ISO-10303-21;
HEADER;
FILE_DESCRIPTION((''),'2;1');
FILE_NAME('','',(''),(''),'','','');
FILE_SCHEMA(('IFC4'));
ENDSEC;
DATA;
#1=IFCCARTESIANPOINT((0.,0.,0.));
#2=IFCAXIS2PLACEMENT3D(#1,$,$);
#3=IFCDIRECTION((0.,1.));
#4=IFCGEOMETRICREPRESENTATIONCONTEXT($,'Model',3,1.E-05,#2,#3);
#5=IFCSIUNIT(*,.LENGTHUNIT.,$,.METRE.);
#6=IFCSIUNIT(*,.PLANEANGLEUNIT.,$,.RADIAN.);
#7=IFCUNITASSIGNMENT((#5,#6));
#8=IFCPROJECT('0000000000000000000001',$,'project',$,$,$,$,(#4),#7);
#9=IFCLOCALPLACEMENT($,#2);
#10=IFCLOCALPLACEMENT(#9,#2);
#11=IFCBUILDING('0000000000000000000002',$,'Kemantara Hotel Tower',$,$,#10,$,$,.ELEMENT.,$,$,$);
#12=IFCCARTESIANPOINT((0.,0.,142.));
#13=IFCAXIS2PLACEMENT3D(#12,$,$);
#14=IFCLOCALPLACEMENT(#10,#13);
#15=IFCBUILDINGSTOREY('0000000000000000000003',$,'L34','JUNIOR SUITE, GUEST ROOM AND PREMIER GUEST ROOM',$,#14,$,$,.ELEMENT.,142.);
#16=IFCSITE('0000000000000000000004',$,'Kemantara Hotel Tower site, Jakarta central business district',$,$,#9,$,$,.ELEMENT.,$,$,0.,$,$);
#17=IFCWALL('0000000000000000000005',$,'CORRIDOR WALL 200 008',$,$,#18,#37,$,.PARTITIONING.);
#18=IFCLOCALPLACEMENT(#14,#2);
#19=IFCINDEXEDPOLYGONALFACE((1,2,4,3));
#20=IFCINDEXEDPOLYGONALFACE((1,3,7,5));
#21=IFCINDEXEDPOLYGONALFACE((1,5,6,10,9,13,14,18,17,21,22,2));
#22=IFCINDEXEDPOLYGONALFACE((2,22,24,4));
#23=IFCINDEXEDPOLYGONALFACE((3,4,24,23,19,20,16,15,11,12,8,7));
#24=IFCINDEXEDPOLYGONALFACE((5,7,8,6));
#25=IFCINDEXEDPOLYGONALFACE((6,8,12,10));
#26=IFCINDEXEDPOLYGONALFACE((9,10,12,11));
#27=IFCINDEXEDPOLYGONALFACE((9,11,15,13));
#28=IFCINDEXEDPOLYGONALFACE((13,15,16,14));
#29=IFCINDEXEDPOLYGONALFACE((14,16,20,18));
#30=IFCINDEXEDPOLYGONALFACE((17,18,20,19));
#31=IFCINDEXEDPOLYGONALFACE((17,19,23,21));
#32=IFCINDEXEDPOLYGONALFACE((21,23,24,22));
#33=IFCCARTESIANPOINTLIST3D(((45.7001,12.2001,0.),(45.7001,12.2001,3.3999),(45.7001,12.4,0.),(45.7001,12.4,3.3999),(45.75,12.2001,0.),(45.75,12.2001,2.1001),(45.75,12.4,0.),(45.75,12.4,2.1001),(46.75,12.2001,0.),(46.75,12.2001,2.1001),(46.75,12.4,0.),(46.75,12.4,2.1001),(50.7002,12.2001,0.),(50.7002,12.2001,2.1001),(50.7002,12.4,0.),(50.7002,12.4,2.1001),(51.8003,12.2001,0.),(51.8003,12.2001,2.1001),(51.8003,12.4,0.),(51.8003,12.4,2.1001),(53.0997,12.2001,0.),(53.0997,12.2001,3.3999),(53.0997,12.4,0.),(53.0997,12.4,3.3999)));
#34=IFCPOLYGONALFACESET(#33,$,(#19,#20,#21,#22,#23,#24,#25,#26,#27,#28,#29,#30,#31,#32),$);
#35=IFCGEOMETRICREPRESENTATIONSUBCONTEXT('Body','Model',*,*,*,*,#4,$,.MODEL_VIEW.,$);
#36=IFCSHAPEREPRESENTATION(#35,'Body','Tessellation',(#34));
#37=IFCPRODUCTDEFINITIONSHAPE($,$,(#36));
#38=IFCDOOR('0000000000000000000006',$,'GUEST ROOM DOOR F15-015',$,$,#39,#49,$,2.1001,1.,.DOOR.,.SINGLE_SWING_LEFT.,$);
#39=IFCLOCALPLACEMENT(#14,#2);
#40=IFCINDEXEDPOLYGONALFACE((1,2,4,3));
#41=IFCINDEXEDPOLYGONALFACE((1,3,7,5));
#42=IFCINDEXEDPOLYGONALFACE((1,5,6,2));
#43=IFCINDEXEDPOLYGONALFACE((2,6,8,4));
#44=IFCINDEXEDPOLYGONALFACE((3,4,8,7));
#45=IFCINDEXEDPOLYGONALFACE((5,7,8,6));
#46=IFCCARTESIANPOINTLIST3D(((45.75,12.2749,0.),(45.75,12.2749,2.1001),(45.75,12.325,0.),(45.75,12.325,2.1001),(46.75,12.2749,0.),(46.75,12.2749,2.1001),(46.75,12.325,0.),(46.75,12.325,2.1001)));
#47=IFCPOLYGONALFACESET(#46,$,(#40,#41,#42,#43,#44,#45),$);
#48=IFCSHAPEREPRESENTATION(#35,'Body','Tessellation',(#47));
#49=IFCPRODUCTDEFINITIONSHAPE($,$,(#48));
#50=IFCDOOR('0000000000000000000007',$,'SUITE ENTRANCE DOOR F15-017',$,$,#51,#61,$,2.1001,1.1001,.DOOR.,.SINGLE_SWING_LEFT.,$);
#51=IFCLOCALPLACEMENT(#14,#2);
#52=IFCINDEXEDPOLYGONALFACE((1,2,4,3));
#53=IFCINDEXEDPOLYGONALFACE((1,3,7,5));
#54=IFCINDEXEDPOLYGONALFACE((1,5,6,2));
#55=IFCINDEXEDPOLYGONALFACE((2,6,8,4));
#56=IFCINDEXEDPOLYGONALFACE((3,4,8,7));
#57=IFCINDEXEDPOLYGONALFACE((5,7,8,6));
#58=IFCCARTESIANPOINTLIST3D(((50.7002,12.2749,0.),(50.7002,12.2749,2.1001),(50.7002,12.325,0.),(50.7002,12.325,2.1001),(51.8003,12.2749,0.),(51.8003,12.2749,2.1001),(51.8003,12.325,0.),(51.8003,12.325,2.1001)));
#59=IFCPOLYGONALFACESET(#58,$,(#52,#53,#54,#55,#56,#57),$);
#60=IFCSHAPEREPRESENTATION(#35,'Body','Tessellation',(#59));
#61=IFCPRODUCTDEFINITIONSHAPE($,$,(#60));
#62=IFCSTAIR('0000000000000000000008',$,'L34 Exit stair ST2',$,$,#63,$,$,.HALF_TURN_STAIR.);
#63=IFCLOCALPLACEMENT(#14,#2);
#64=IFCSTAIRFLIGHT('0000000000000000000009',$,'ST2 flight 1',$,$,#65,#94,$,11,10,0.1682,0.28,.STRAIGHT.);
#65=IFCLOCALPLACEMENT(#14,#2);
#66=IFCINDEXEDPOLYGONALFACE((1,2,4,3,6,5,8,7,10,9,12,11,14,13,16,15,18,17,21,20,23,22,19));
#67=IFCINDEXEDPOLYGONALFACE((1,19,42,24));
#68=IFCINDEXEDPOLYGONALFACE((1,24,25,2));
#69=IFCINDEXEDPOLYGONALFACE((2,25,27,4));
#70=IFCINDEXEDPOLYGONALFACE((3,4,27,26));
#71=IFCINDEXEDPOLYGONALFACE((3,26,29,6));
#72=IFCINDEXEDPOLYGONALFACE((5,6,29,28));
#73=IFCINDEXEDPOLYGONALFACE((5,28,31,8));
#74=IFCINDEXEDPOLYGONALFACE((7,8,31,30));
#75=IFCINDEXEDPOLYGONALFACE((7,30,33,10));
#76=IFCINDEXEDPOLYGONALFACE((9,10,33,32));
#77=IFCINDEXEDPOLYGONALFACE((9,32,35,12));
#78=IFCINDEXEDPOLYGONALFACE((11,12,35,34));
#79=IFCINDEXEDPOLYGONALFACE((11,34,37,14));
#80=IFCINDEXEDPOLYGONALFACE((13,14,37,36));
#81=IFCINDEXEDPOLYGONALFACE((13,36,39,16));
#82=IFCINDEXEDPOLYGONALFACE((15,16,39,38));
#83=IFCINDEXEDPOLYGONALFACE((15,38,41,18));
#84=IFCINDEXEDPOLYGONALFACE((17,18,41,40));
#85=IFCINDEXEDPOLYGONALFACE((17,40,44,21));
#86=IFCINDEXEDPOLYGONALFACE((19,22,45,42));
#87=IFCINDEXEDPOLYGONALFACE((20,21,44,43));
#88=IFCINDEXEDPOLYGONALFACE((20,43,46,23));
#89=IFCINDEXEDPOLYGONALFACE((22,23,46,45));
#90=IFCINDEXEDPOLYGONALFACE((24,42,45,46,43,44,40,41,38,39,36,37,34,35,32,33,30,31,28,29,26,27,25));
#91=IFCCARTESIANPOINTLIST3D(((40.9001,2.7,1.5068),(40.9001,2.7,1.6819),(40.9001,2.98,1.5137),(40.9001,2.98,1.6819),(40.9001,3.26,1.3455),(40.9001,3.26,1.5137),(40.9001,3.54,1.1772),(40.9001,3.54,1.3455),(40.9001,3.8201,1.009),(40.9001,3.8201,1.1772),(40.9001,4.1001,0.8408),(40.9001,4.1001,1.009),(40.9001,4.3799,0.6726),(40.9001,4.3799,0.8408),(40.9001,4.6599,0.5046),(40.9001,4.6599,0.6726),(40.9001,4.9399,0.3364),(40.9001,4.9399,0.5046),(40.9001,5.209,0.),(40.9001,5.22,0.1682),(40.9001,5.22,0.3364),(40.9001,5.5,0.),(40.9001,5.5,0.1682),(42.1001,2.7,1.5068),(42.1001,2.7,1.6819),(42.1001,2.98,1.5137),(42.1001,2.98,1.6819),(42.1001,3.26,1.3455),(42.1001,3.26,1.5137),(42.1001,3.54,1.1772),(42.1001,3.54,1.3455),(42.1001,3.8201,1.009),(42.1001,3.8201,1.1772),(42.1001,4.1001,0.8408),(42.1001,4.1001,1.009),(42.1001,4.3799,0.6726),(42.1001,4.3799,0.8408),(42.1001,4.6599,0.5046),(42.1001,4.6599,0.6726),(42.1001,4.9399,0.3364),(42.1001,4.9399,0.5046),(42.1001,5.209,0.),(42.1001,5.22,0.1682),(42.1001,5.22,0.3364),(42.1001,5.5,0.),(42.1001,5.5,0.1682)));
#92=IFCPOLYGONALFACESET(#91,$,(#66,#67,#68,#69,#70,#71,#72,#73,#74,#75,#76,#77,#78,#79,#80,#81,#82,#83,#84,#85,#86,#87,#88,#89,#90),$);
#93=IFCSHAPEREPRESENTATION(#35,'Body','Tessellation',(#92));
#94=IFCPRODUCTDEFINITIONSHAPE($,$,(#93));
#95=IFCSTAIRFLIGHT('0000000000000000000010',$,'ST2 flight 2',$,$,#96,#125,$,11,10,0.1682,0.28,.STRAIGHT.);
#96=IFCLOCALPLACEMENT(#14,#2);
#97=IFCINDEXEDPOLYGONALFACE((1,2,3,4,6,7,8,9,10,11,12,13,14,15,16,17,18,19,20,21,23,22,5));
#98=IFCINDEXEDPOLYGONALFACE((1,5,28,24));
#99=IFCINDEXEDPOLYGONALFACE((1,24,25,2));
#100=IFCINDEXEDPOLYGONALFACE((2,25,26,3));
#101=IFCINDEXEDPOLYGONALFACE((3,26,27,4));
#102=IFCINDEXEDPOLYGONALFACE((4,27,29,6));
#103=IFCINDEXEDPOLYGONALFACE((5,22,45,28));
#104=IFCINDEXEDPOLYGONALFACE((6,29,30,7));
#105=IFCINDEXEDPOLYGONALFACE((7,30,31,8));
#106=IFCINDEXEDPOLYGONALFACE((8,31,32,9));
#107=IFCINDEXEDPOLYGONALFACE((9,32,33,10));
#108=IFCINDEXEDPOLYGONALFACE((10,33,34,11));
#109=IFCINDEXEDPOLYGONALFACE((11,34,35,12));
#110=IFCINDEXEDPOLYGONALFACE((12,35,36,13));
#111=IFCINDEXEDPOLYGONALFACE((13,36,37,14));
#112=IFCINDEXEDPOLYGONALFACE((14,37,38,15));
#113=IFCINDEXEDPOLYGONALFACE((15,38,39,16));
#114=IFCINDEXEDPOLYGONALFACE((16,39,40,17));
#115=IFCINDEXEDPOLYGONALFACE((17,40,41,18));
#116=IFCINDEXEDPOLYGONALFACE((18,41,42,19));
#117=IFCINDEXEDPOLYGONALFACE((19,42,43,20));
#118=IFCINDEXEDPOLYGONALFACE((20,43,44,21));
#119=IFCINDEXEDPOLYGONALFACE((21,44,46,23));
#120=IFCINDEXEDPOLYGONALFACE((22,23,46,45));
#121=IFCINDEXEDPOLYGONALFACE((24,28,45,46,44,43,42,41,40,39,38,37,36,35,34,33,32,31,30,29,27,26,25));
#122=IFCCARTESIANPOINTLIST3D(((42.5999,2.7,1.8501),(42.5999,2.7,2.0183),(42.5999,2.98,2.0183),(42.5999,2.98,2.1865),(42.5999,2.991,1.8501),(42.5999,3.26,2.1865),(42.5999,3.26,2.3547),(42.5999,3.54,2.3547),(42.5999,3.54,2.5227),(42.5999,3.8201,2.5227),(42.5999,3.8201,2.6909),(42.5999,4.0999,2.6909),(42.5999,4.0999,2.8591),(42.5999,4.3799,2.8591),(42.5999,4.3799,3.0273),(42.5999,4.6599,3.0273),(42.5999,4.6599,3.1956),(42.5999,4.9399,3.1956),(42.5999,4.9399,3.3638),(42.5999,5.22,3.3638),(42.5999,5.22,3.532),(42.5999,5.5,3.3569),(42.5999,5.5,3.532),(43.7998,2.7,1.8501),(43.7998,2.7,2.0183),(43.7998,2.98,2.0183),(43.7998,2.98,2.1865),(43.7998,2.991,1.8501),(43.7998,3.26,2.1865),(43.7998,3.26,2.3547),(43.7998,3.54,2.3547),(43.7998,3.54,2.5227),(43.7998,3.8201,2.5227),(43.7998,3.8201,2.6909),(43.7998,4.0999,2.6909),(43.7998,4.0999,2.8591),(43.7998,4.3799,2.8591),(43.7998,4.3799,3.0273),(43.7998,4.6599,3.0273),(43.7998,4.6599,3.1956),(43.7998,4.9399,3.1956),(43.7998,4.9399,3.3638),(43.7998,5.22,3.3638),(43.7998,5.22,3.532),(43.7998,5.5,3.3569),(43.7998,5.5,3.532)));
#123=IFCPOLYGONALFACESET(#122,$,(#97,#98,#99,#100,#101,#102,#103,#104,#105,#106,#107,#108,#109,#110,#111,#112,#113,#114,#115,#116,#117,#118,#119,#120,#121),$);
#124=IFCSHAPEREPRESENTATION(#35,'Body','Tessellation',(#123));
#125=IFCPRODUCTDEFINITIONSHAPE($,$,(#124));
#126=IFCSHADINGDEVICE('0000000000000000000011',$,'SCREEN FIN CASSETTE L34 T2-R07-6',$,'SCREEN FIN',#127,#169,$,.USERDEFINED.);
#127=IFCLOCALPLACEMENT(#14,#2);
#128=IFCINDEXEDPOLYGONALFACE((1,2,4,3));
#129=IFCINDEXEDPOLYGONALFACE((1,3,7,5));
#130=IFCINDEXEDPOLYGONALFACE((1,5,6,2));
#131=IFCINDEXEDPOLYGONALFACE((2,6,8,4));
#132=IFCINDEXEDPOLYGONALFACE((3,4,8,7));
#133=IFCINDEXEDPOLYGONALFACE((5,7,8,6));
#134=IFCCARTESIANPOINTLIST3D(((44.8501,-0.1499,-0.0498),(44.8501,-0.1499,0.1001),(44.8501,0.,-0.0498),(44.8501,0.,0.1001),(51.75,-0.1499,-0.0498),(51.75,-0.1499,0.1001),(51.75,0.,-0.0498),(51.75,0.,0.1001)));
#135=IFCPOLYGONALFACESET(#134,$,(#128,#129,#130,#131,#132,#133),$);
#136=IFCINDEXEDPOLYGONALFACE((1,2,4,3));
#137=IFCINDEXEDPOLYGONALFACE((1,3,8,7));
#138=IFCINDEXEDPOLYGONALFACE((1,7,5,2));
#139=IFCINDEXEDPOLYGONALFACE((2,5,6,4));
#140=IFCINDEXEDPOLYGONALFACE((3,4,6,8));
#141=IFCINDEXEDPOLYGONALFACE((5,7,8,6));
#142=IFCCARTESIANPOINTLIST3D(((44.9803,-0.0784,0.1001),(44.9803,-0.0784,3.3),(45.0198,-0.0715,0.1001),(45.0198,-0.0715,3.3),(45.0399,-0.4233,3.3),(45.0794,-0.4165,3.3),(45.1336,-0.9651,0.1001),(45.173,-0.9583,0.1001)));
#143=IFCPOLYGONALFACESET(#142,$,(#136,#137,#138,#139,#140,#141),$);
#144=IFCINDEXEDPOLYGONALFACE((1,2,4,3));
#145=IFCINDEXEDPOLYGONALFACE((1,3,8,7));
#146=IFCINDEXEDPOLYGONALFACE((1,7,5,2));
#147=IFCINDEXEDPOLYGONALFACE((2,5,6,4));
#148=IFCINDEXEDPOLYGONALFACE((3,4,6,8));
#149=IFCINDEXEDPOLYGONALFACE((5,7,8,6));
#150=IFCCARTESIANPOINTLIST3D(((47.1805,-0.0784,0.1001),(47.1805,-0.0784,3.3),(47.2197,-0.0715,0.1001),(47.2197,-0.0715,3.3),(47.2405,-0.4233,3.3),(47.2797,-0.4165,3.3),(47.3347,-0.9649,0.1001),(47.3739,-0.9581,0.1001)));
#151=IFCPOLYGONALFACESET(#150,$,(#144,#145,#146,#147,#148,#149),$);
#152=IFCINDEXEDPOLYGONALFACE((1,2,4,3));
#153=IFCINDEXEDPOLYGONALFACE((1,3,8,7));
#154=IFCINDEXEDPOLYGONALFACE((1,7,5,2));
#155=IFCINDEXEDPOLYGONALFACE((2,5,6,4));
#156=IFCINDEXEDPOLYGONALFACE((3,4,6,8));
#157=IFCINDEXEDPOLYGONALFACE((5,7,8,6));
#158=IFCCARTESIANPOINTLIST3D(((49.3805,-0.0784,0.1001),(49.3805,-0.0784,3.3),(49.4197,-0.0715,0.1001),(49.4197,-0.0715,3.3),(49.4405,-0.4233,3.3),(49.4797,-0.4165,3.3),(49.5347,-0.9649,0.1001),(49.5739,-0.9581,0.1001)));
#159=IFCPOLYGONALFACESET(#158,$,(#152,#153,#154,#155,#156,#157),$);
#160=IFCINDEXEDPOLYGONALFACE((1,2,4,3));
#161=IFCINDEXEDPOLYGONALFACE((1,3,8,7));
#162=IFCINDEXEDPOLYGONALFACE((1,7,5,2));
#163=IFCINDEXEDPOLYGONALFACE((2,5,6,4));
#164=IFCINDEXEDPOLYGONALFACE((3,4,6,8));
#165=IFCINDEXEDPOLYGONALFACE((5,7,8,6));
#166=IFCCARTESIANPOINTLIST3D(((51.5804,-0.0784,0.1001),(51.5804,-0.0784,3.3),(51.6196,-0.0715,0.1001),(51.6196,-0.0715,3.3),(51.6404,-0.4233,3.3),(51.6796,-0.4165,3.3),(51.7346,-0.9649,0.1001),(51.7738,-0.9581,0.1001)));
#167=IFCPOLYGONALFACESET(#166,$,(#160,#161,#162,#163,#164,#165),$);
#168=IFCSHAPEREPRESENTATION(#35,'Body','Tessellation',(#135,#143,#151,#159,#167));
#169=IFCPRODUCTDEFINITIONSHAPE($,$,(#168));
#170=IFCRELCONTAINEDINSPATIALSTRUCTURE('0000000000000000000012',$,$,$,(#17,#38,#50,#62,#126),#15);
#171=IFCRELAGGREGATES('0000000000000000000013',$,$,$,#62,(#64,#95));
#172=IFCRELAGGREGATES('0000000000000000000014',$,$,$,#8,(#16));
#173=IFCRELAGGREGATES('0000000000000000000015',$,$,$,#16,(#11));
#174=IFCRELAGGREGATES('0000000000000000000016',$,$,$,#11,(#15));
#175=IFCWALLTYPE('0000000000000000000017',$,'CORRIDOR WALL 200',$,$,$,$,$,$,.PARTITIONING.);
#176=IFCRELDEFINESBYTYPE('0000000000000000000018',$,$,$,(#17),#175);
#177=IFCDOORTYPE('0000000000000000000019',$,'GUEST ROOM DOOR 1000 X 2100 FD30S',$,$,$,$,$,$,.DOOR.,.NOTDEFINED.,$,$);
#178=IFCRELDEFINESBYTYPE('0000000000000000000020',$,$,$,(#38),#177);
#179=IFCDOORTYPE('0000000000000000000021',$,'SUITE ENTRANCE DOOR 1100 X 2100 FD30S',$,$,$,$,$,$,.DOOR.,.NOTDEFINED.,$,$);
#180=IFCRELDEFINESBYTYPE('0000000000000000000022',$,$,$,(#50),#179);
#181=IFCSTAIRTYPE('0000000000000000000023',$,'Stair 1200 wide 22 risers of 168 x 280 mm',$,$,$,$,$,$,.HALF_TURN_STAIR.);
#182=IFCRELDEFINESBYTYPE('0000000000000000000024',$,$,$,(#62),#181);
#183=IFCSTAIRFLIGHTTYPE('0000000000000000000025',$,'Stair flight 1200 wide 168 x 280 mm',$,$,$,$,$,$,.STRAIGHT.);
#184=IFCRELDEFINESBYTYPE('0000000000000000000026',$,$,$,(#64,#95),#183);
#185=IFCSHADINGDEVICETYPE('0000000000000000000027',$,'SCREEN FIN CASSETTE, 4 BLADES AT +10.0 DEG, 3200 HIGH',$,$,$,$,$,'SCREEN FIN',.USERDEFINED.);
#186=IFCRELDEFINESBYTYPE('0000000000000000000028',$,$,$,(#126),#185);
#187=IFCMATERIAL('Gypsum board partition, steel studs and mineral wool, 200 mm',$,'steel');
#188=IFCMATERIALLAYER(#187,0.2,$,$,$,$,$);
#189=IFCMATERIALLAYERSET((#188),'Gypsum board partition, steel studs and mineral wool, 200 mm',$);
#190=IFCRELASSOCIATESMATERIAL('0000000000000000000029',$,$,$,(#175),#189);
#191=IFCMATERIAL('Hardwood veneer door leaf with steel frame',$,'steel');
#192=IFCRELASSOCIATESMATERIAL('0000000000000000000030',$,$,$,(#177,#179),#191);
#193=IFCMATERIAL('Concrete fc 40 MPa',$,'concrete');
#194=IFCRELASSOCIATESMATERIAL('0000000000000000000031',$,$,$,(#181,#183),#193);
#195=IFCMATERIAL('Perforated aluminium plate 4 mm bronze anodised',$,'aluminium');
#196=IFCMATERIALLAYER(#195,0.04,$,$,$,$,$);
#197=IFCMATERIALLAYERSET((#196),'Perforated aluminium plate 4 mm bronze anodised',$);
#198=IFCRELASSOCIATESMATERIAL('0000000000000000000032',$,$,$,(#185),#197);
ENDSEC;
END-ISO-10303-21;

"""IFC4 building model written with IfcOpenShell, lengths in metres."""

from ifc_helpers import new_model, si_unit, direction, frame, frame_2d, origin, origin_2d, place, context, subcontext, project, spatial, polyline, rectangle, outline, extrude, source, transform, mapped, material, layer, layer_set, type_object, element, fill, aggregate, save


model = new_model("IFC4")

# Units and contexts
model_context = context("Model", 3, precision=1e-05, world=origin(), true_north=direction((0.0, 1.0)))
body_context = subcontext(model_context, "Body", "Model", "MODEL_VIEW")
ifc_project = project(units=[si_unit("LENGTHUNIT", "METRE"), si_unit("PLANEANGLEUNIT", "RADIAN")], contexts=[model_context])

# Site, building, storey
site_placement = place(None, origin())
site = spatial("IfcSite", under=ifc_project, at=site_placement, Name="Kemantara Hotel Tower site, Jakarta central business district", CompositionType="ELEMENT", RefElevation=0.0)
building_placement = place(site_placement, origin())
building = spatial("IfcBuilding", under=site, at=building_placement, Name="Kemantara Hotel Tower", CompositionType="ELEMENT")
storey_placement = place(building_placement, frame((0.0, 0.0, 142.0)))
storey = spatial("IfcBuildingStorey", under=building, at=storey_placement, Name="L34", Description="JUNIOR SUITE, GUEST ROOM AND PREMIER GUEST ROOM", CompositionType="ELEMENT", Elevation=142.0)

# Wall, openings, doors
ifc_material_1 = material(Name="Gypsum board partition, steel studs and mineral wool, 200 mm", Category="steel")
ifc_layer_1 = layer(ifc_material_1, 0.2)
ifc_layer_set_1 = layer_set([ifc_layer_1], Name="Gypsum board partition, steel studs and mineral wool, 200 mm")
wall_type_1 = type_object("IfcWallType", Name="CORRIDOR WALL 200", PredefinedType="PARTITIONING", material=ifc_layer_set_1)
wall_1_placement = place(storey_placement, frame((45.7002, 12.3, 0.0), z_axis=(0.0, 0.0, 1.0), x_axis=(1.0, 0.0, 0.0)))
wall_1 = element("IfcWall", 1, at=wall_1_placement, inside=storey, type_object=wall_type_1, Name="CORRIDOR WALL 200 008", PredefinedType="PARTITIONING", context=body_context, shape_type="SweptSolid", body=[
    extrude(rectangle(XDim=7.3997, YDim=0.2, at=frame_2d((3.6997, 0.0))), origin(), (0.0, 0.0, 1.0), 3.3999),
])
opening_1_placement = place(wall_1_placement, frame((0.0498, 0.0, 0.0)))
opening_1 = element("IfcOpeningElement", 2, at=opening_1_placement, cuts=wall_1, PredefinedType="OPENING", context=body_context, shape_type="SweptSolid", body=[
    extrude(rectangle(XDim=1.0, YDim=2.1001, at=frame_2d((0.5, 1.05))), frame((0.0, 0.1099, 0.0), z_axis=(0.0, -1.0, 0.0), x_axis=(1.0, 0.0, 0.0)), (0.0, 0.0, 1.0), 0.22),
])
opening_2_placement = place(wall_1_placement, frame((5.0, 0.0, 0.0)))
opening_2 = element("IfcOpeningElement", 3, at=opening_2_placement, cuts=wall_1, PredefinedType="OPENING", context=body_context, shape_type="SweptSolid", body=[
    extrude(rectangle(XDim=1.1001, YDim=2.1001, at=frame_2d((0.55, 1.05))), frame((0.0, 0.1099, 0.0), z_axis=(0.0, -1.0, 0.0), x_axis=(1.0, 0.0, 0.0)), (0.0, 0.0, 1.0), 0.22),
])
ifc_material_2 = material(Name="Hardwood veneer door leaf with steel frame", Category="steel")
door_type_1 = type_object("IfcDoorType", Name="GUEST ROOM DOOR 1000 X 2100 FD30S", OperationType="NOTDEFINED", PredefinedType="DOOR", material=ifc_material_2)
door_1_placement = place(opening_1_placement, origin())
door_1 = element("IfcDoor", 4, at=door_1_placement, inside=storey, type_object=door_type_1, Name="GUEST ROOM DOOR F15-015", OperationType="SINGLE_SWING_LEFT", OverallHeight=2.1001, OverallWidth=1.0, PredefinedType="DOOR", context=body_context, shape_type="SweptSolid", body=[
    extrude(rectangle(XDim=1.0, YDim=2.1001, at=frame_2d((0.5, 1.05))), frame((0.0, 0.0249, 0.0), z_axis=(0.0, -1.0, 0.0), x_axis=(1.0, 0.0, 0.0)), (0.0, 0.0, 1.0), 0.05),
])
fill(opening_1, door_1)
door_type_2 = type_object("IfcDoorType", Name="SUITE ENTRANCE DOOR 1100 X 2100 FD30S", OperationType="NOTDEFINED", PredefinedType="DOOR", material=ifc_material_2)
door_2_placement = place(opening_2_placement, origin())
door_2 = element("IfcDoor", 5, at=door_2_placement, inside=storey, type_object=door_type_2, Name="SUITE ENTRANCE DOOR F15-017", OperationType="SINGLE_SWING_LEFT", OverallHeight=2.1001, OverallWidth=1.1001, PredefinedType="DOOR", context=body_context, shape_type="SweptSolid", body=[
    extrude(rectangle(XDim=1.1001, YDim=2.1001, at=frame_2d((0.55, 1.05))), frame((0.0, 0.0249, 0.0), z_axis=(0.0, -1.0, 0.0), x_axis=(1.0, 0.0, 0.0)), (0.0, 0.0, 1.0), 0.05),
])
fill(opening_2, door_2)

# Stair, stair flights
ifc_material_3 = material(Name="Concrete fc 40 MPa", Category="concrete")
stair_type = type_object("IfcStairType", Name="Stair 1200 wide 22 risers of 168 x 280 mm", PredefinedType="HALF_TURN_STAIR", material=ifc_material_3)
stair_placement = place(storey_placement, origin())
stair = element("IfcStair", 6, at=stair_placement, inside=storey, type_object=stair_type, Name="L34 Exit stair ST2", PredefinedType="HALF_TURN_STAIR")
stair_flight_type = type_object("IfcStairFlightType", Name="Stair flight 1200 wide 168 x 280 mm", PredefinedType="STRAIGHT", material=ifc_material_3)
stair_flight_1_placement = place(storey_placement, frame((41.5, 5.5, 0.0), z_axis=(0.0, 0.0, 1.0), x_axis=(0.0, -1.0, 0.0)))
stair_flight_1 = element("IfcStairFlight", 7, at=stair_flight_1_placement, type_object=stair_flight_type, Name="ST2 flight 1", NumberOfRisers=11, NumberOfTreads=10, PredefinedType="STRAIGHT", RiserHeight=0.1682, TreadLength=0.28, context=body_context, shape_type="SweptSolid", body=[
    extrude(outline(polyline([(0.0, 0.0), (0.0, 0.1682), (0.28, 0.1682), (0.28, 0.3364), (0.5601, 0.3364), (0.5601, 0.5046), (0.8401, 0.5046), (0.8401, 0.6726), (1.1201, 0.6726), (1.1201, 0.8408), (1.3999, 0.8408), (1.3999, 1.009), (1.6799, 1.009), (1.6799, 1.1772), (1.96, 1.1772), (1.96, 1.3455), (2.24, 1.3455), (2.24, 1.5137), (2.52, 1.5137), (2.52, 1.6819), (2.8, 1.6819), (2.8, 1.8501), (2.8, 1.5068), (0.291, 0.0), (0.0, 0.0)])), frame((0.0, 0.6001, 0.0), z_axis=(0.0, -1.0, 0.0), x_axis=(1.0, 0.0, 0.0)), (0.0, 0.0, 1.0), 1.2),
])
stair_flight_2_placement = place(storey_placement, frame((43.2, 2.7, 1.8501), z_axis=(0.0, 0.0, 1.0), x_axis=(0.0, 1.0, 0.0)))
stair_flight_2 = element("IfcStairFlight", 8, at=stair_flight_2_placement, type_object=stair_flight_type, Name="ST2 flight 2", NumberOfRisers=11, NumberOfTreads=10, PredefinedType="STRAIGHT", RiserHeight=0.1682, TreadLength=0.28, context=body_context, shape_type="SweptSolid", body=[
    extrude(outline(polyline([(0.0, 0.0), (0.0, 0.1682), (0.28, 0.1682), (0.28, 0.3364), (0.5601, 0.3364), (0.5601, 0.5046), (0.8401, 0.5046), (0.8401, 0.6726), (1.1201, 0.6726), (1.1201, 0.8408), (1.3999, 0.8408), (1.3999, 1.009), (1.6799, 1.009), (1.6799, 1.1772), (1.96, 1.1772), (1.96, 1.3455), (2.24, 1.3455), (2.24, 1.5137), (2.52, 1.5137), (2.52, 1.6819), (2.8, 1.6819), (2.8, 1.8501), (2.8, 1.5068), (0.291, 0.0), (0.0, 0.0)])), frame((0.0, 0.6001, 0.0), z_axis=(0.0, -1.0, 0.0), x_axis=(1.0, 0.0, 0.0)), (0.0, 0.0, 1.0), 1.2),
])
aggregate(stair, [stair_flight_1, stair_flight_2])

# Shading device
ifc_material_4 = material(Name="Perforated aluminium plate 4 mm bronze anodised", Category="aluminium")
ifc_layer_2 = layer(ifc_material_4, 0.04)
ifc_layer_set_2 = layer_set([ifc_layer_2], Name="Perforated aluminium plate 4 mm bronze anodised")
shading_device_type = type_object("IfcShadingDeviceType", Name="SCREEN FIN CASSETTE, 4 BLADES AT +10.0 DEG, 3200 HIGH", ElementType="SCREEN FIN", PredefinedType="USERDEFINED", material=ifc_layer_set_2)
shared_shape = source(origin(), body_context, "Body", "SweptSolid", [
    extrude(rectangle(XDim=6.8999, YDim=0.1499, at=origin_2d()), frame((3.3, -0.075, -0.1499), z_axis=(0.0, 0.0, 1.0), x_axis=(1.0, 0.0, 0.0)), (0.0, 0.0, 1.0), 0.1499),
    extrude(outline(polyline([(0.0, 0.0), (0.8999, 0.0), (0.3501, 3.2), (0.0, 3.2), (0.0, 0.0)])), frame((0.0198, -0.0715, 0.0), z_axis=(-0.98539, -0.170314, 0.0), x_axis=(0.170314, -0.98539, 0.0)), (0.0, 0.0, 1.0), 0.04),
    extrude(outline(polyline([(0.0, 0.0), (0.8999, 0.0), (0.3501, 3.2), (0.0, 3.2), (0.0, 0.0)])), frame((2.2197, -0.0715, 0.0), z_axis=(-0.985212, -0.171341, 0.0), x_axis=(0.171341, -0.985212, 0.0)), (0.0, 0.0, 1.0), 0.0398),
    extrude(outline(polyline([(0.0, 0.0), (0.8999, 0.0), (0.3501, 3.2), (0.0, 3.2), (0.0, 0.0)])), frame((4.4197, -0.0715, 0.0), z_axis=(-0.985212, -0.171341, 0.0), x_axis=(0.171341, -0.985212, 0.0)), (0.0, 0.0, 1.0), 0.0398),
    extrude(outline(polyline([(0.0, 0.0), (0.8999, 0.0), (0.3501, 3.2), (0.0, 3.2), (0.0, 0.0)])), frame((6.6196, -0.0715, 0.0), z_axis=(-0.985212, -0.171341, 0.0), x_axis=(0.171341, -0.985212, 0.0)), (0.0, 0.0, 1.0), 0.0398),
])
shading_device_placement = place(storey_placement, frame((45.0, 0.0, 0.1001), z_axis=(0.0, 0.0, 1.0), x_axis=(1.0, 0.0, 0.0)))
element("IfcShadingDevice", 9, at=shading_device_placement, inside=storey, type_object=shading_device_type, Name="SCREEN FIN CASSETTE L34 T2-R07-6", ObjectType="SCREEN FIN", PredefinedType="USERDEFINED", context=body_context, shape_type="MappedRepresentation", body=[
    mapped(shared_shape, transform((0.0, 0.0, 0.0))),
])

save(model, "model.ifc")
